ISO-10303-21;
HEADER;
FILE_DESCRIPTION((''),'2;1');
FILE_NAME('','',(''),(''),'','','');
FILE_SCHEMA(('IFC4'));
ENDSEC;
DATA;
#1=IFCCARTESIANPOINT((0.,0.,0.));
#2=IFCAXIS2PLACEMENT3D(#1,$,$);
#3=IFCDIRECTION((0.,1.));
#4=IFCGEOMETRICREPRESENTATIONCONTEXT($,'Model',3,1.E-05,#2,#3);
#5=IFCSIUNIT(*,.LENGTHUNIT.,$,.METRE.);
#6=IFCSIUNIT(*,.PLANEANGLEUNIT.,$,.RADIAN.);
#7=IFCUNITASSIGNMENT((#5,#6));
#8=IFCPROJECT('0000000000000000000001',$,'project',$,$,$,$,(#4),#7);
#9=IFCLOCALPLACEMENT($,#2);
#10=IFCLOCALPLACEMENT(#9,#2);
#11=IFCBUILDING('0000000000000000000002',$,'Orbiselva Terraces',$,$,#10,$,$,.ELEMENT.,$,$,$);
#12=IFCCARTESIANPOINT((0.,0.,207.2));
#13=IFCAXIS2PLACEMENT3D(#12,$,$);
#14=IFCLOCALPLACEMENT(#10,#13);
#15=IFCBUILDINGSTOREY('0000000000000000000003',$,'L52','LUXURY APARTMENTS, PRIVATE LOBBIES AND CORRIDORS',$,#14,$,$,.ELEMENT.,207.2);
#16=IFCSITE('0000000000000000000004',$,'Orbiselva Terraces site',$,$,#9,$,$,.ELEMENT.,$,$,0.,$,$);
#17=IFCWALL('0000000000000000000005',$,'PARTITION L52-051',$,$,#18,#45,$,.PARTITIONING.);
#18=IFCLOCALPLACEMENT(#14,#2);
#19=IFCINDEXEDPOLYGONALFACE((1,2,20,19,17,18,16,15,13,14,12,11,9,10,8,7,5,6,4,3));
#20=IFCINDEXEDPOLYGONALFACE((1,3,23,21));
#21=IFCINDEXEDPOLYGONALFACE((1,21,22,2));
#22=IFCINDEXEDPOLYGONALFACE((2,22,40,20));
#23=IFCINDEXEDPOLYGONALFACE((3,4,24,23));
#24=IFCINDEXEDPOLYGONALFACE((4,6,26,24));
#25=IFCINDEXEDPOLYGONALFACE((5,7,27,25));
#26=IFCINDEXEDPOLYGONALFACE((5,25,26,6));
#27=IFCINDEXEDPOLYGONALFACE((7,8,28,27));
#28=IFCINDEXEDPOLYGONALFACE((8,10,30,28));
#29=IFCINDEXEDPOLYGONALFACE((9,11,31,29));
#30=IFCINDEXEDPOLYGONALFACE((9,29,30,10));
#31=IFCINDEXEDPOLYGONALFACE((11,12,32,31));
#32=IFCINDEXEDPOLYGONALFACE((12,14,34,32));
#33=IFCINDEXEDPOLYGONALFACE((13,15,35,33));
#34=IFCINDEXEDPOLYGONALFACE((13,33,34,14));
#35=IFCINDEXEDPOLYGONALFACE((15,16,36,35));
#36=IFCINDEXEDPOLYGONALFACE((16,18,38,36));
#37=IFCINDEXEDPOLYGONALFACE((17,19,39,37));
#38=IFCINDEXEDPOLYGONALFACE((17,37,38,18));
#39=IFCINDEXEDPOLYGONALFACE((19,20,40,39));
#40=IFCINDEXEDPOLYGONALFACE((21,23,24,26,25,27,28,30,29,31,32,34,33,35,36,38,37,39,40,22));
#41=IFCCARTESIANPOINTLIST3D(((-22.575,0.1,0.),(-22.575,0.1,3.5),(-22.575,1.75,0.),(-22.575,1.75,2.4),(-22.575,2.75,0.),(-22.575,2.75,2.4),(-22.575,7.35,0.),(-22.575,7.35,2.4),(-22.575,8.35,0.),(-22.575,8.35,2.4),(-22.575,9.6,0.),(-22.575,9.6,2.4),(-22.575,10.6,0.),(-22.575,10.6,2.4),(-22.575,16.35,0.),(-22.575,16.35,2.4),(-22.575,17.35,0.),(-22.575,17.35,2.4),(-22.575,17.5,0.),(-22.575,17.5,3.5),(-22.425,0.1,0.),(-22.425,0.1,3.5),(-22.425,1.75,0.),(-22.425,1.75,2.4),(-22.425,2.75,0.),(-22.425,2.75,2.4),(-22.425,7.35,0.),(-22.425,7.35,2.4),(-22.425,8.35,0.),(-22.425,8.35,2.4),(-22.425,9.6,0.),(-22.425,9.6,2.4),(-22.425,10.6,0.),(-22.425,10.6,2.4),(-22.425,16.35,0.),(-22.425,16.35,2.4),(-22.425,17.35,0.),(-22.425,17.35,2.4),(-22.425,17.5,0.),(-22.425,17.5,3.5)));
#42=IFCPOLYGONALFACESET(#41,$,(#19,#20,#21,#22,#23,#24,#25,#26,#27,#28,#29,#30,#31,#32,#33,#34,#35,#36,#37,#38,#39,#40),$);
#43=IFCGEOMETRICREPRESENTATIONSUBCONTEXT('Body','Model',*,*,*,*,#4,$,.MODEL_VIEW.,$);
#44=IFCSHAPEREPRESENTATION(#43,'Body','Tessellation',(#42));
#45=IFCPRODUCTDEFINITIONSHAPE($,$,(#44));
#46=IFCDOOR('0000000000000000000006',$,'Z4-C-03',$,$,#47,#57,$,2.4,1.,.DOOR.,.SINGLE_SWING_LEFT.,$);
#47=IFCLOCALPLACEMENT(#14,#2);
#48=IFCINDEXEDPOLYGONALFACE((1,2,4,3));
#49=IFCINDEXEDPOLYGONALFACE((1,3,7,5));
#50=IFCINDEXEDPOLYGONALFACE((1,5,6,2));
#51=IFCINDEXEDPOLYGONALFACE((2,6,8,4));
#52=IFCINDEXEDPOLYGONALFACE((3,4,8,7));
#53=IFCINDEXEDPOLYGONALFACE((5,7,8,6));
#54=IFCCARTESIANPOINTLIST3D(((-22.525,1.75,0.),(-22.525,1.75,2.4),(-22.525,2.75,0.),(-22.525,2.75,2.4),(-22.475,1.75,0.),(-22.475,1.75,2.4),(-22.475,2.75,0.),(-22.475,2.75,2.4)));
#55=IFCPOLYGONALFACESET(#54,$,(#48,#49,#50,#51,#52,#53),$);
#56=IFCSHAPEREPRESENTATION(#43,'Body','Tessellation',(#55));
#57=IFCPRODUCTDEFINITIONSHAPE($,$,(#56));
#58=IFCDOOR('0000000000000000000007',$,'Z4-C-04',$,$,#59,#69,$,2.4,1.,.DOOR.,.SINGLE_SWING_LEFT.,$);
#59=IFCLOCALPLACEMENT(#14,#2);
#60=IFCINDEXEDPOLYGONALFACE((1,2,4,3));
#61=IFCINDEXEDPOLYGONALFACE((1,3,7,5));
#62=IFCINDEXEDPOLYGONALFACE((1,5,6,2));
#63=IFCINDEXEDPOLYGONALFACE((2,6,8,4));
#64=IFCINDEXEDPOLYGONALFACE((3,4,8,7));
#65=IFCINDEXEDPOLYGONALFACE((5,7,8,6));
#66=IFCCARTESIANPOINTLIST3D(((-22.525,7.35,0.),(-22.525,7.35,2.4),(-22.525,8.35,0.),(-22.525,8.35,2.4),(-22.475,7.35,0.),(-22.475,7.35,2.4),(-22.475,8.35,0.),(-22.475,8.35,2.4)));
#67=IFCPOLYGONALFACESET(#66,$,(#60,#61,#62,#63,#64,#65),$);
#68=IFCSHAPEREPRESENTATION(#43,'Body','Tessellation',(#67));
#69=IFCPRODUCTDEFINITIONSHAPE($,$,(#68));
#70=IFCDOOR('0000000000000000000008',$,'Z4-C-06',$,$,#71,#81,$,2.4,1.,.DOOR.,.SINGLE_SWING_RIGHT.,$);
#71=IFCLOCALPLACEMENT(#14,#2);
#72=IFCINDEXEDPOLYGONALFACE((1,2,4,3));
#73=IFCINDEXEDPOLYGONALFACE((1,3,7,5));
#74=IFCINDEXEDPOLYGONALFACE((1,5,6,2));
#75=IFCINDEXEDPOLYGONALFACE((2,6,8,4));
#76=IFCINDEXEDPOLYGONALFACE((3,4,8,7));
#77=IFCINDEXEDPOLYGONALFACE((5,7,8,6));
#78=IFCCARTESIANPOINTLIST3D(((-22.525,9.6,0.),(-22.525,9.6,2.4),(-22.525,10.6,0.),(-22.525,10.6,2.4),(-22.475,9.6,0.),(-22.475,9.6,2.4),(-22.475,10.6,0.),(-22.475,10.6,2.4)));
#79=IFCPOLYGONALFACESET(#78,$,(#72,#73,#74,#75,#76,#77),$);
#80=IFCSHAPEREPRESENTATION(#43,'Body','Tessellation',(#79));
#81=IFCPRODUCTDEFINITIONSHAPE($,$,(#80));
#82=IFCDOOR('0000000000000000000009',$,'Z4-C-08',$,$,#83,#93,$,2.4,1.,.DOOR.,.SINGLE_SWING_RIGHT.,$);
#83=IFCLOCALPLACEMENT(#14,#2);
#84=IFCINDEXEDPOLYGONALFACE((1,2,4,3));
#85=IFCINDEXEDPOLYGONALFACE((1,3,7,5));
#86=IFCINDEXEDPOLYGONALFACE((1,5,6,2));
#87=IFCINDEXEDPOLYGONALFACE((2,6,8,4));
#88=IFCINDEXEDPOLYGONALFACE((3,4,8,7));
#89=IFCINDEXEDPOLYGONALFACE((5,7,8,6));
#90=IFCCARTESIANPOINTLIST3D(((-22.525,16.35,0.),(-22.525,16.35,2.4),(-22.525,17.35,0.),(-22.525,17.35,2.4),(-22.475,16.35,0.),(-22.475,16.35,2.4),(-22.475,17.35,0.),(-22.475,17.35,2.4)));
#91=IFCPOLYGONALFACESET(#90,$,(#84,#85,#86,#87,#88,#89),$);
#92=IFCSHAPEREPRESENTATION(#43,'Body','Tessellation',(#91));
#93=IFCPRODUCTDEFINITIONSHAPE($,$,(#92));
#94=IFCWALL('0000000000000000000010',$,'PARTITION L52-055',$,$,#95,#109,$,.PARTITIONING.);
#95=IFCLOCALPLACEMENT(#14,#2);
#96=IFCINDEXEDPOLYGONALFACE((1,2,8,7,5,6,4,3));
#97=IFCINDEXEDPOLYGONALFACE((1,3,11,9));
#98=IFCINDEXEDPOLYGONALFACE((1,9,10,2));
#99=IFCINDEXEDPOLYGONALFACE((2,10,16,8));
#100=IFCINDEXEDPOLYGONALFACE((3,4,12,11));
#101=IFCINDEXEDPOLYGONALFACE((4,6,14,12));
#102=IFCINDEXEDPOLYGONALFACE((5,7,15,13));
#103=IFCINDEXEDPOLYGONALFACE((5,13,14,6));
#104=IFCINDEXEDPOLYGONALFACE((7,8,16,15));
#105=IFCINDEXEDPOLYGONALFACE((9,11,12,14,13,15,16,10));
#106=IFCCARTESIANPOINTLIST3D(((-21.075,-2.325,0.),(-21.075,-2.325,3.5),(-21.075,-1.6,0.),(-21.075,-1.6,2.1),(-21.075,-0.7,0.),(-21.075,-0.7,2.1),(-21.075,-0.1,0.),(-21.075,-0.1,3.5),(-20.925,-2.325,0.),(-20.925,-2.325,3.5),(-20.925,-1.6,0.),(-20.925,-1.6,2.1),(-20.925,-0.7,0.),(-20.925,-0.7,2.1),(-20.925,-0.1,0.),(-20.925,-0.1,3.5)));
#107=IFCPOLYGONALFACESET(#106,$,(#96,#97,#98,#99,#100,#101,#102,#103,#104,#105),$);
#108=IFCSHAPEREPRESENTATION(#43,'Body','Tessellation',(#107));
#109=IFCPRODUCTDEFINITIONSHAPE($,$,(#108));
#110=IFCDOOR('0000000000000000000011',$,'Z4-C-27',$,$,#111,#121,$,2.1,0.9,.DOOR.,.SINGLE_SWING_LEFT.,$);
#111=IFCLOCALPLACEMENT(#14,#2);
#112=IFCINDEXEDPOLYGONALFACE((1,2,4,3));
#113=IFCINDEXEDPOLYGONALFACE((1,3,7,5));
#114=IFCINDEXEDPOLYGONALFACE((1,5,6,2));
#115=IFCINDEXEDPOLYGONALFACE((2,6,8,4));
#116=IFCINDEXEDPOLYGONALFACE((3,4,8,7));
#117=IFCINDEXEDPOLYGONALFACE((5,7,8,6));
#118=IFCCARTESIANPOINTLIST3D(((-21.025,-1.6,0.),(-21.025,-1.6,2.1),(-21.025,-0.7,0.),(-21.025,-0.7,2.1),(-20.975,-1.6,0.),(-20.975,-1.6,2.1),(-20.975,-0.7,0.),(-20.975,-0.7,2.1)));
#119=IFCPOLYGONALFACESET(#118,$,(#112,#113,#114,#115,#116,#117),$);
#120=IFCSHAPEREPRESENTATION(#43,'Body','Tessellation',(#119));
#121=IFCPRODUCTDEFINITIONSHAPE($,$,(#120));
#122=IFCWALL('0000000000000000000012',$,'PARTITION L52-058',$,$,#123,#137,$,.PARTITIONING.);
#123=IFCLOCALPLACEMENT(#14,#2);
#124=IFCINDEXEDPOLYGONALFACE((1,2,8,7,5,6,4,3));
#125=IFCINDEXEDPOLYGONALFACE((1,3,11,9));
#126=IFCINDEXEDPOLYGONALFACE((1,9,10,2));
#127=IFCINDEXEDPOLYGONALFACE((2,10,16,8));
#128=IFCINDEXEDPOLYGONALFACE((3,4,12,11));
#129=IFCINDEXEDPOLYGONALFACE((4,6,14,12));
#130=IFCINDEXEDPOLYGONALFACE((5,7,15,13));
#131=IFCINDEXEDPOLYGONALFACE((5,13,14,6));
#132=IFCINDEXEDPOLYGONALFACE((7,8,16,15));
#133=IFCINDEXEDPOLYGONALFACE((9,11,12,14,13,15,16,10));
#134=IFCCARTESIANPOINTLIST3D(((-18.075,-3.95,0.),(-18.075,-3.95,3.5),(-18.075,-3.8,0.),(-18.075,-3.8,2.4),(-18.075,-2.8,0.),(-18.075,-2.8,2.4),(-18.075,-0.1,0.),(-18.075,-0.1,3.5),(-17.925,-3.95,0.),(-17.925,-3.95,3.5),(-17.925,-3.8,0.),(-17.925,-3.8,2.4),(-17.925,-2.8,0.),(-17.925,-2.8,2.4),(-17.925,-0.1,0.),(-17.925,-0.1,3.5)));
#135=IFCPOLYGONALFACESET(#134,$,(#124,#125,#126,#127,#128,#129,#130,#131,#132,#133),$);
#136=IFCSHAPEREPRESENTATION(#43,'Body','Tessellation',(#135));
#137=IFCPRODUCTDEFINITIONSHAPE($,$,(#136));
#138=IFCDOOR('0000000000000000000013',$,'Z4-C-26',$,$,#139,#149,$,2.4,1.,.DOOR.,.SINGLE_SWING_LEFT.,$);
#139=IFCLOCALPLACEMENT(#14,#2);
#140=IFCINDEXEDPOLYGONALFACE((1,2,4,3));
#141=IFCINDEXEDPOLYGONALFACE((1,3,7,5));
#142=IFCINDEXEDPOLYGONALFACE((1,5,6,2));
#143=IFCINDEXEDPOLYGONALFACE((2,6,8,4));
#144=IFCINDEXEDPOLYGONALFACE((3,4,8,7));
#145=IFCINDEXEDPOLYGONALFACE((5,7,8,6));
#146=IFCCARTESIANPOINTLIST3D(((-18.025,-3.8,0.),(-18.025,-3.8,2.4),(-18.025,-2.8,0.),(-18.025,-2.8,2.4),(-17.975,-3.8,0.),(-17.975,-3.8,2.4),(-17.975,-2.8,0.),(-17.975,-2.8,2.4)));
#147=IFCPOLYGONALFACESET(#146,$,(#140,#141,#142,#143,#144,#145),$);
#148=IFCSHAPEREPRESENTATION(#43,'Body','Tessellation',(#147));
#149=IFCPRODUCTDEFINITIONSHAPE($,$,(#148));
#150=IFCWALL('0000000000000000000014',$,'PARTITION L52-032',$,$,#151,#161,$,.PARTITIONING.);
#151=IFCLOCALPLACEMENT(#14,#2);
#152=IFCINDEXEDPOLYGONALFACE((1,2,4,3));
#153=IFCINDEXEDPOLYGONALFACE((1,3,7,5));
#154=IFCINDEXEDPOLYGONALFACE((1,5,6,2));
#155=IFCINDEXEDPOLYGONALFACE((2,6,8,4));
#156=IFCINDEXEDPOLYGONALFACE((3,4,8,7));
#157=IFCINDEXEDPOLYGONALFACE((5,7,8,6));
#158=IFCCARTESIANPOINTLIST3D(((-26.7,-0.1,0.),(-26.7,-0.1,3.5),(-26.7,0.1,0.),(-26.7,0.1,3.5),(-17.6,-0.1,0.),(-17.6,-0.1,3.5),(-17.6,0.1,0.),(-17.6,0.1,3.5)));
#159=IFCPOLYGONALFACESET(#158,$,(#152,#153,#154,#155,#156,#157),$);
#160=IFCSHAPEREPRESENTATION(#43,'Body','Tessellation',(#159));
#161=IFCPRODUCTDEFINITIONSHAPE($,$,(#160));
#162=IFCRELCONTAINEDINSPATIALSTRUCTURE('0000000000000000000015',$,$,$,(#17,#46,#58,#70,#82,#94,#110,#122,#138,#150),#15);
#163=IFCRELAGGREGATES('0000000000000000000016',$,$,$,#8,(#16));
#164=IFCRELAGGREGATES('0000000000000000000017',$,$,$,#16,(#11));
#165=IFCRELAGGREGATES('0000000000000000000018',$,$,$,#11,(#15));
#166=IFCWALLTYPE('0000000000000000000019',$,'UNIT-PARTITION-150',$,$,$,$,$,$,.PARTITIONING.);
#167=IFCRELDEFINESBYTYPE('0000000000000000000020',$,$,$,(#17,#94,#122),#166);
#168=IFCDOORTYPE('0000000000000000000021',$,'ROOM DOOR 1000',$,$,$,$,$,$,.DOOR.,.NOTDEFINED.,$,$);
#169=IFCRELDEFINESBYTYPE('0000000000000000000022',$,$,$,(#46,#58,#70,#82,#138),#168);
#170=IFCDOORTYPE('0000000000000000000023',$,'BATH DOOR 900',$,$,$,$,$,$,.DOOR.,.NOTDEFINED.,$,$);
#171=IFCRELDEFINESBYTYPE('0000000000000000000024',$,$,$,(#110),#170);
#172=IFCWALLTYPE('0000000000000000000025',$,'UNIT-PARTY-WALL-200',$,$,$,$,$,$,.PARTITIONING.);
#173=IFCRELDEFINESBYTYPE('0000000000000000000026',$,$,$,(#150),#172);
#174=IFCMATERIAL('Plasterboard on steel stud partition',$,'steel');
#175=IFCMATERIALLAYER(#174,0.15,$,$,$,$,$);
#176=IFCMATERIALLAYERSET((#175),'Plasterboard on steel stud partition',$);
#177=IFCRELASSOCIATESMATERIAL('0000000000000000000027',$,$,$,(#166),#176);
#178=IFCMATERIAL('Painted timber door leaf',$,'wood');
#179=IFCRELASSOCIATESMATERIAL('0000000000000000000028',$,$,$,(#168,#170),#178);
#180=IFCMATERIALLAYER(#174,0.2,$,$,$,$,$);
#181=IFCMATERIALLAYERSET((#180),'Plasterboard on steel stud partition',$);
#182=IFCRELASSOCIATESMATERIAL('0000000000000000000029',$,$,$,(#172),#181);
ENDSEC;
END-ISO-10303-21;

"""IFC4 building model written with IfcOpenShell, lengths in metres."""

from ifc_helpers import new_model, si_unit, direction, frame, frame_2d, origin, place, context, subcontext, project, spatial, rectangle, extrude, material, layer, layer_set, type_object, element, fill, save


model = new_model("IFC4")

# Units and contexts
model_context = context("Model", 3, precision=1e-05, world=origin(), true_north=direction((0.0, 1.0)))
body_context = subcontext(model_context, "Body", "Model", "MODEL_VIEW")
ifc_project = project(units=[si_unit("LENGTHUNIT", "METRE"), si_unit("PLANEANGLEUNIT", "RADIAN")], contexts=[model_context])

# Site, building, storey
site_placement = place(None, origin())
site = spatial("IfcSite", under=ifc_project, at=site_placement, Name="Orbiselva Terraces site", CompositionType="ELEMENT", RefElevation=0.0)
building_placement = place(site_placement, origin())
building = spatial("IfcBuilding", under=site, at=building_placement, Name="Orbiselva Terraces", CompositionType="ELEMENT")
storey_placement = place(building_placement, frame((0.0, 0.0, 207.2)))
storey = spatial("IfcBuildingStorey", under=building, at=storey_placement, Name="L52", Description="LUXURY APARTMENTS, PRIVATE LOBBIES AND CORRIDORS", CompositionType="ELEMENT", Elevation=207.2)

# Shared definitions
ifc_material_1 = material(Name="Plasterboard on steel stud partition", Category="steel")
ifc_layer_1 = layer(ifc_material_1, 0.15)
ifc_layer_set_1 = layer_set([ifc_layer_1], Name="Plasterboard on steel stud partition")
wall_type_1 = type_object("IfcWallType", Name="UNIT-PARTITION-150", PredefinedType="PARTITIONING", material=ifc_layer_set_1)

# Wall, openings, doors
wall_1_placement = place(storey_placement, frame((-22.5, 0.1, 0.0), z_axis=(0.0, 0.0, 1.0), x_axis=(0.0, 1.0, 0.0)))
wall_1 = element("IfcWall", 1, at=wall_1_placement, inside=storey, type_object=wall_type_1, Name="PARTITION L52-051", PredefinedType="PARTITIONING", context=body_context, shape_type="SweptSolid", body=[
    extrude(rectangle(XDim=17.4, YDim=0.15, at=frame_2d((8.7, 0.0))), origin(), (0.0, 0.0, 1.0), 3.5),
])
opening_1_placement = place(wall_1_placement, frame((1.65, 0.0, 0.0)))
opening_1 = element("IfcOpeningElement", 2, at=opening_1_placement, cuts=wall_1, PredefinedType="OPENING", context=body_context, shape_type="SweptSolid", body=[
    extrude(rectangle(XDim=1.0, YDim=2.4, at=frame_2d((0.5, 1.2))), frame((0.0, 0.085, 0.0), z_axis=(0.0, -1.0, 0.0), x_axis=(1.0, 0.0, 0.0)), (0.0, 0.0, 1.0), 0.17),
])
opening_2_placement = place(wall_1_placement, frame((7.25, 0.0, 0.0)))
opening_2 = element("IfcOpeningElement", 3, at=opening_2_placement, cuts=wall_1, PredefinedType="OPENING", context=body_context, shape_type="SweptSolid", body=[
    extrude(rectangle(XDim=1.0, YDim=2.4, at=frame_2d((0.5, 1.2))), frame((0.0, 0.085, 0.0), z_axis=(0.0, -1.0, 0.0), x_axis=(1.0, 0.0, 0.0)), (0.0, 0.0, 1.0), 0.17),
])
opening_3_placement = place(wall_1_placement, frame((9.5, 0.0, 0.0)))
opening_3 = element("IfcOpeningElement", 4, at=opening_3_placement, cuts=wall_1, PredefinedType="OPENING", context=body_context, shape_type="SweptSolid", body=[
    extrude(rectangle(XDim=1.0, YDim=2.4, at=frame_2d((0.5, 1.2))), frame((0.0, 0.085, 0.0), z_axis=(0.0, -1.0, 0.0), x_axis=(1.0, 0.0, 0.0)), (0.0, 0.0, 1.0), 0.17),
])
opening_4_placement = place(wall_1_placement, frame((16.25, 0.0, 0.0)))
opening_4 = element("IfcOpeningElement", 5, at=opening_4_placement, cuts=wall_1, PredefinedType="OPENING", context=body_context, shape_type="SweptSolid", body=[
    extrude(rectangle(XDim=1.0, YDim=2.4, at=frame_2d((0.5, 1.2))), frame((0.0, 0.085, 0.0), z_axis=(0.0, -1.0, 0.0), x_axis=(1.0, 0.0, 0.0)), (0.0, 0.0, 1.0), 0.17),
])
ifc_material_2 = material(Name="Painted timber door leaf", Category="wood")
door_type_1 = type_object("IfcDoorType", Name="ROOM DOOR 1000", OperationType="NOTDEFINED", PredefinedType="DOOR", material=ifc_material_2)
door_1_placement = place(opening_1_placement, origin())
door_1 = element("IfcDoor", 6, at=door_1_placement, inside=storey, type_object=door_type_1, Name="Z4-C-03", OperationType="SINGLE_SWING_LEFT", OverallHeight=2.4, OverallWidth=1.0, PredefinedType="DOOR", context=body_context, shape_type="SweptSolid", body=[
    extrude(rectangle(XDim=1.0, YDim=2.4, at=frame_2d((0.5, 1.2))), frame((0.0, 0.025, 0.0), z_axis=(0.0, -1.0, 0.0), x_axis=(1.0, 0.0, 0.0)), (0.0, 0.0, 1.0), 0.05),
])
fill(opening_1, door_1)
door_2_placement = place(opening_2_placement, origin())
door_2 = element("IfcDoor", 7, at=door_2_placement, inside=storey, type_object=door_type_1, Name="Z4-C-04", OperationType="SINGLE_SWING_LEFT", OverallHeight=2.4, OverallWidth=1.0, PredefinedType="DOOR", context=body_context, shape_type="SweptSolid", body=[
    extrude(rectangle(XDim=1.0, YDim=2.4, at=frame_2d((0.5, 1.2))), frame((0.0, 0.025, 0.0), z_axis=(0.0, -1.0, 0.0), x_axis=(1.0, 0.0, 0.0)), (0.0, 0.0, 1.0), 0.05),
])
fill(opening_2, door_2)
door_3_placement = place(opening_3_placement, origin())
door_3 = element("IfcDoor", 8, at=door_3_placement, inside=storey, type_object=door_type_1, Name="Z4-C-06", OperationType="SINGLE_SWING_RIGHT", OverallHeight=2.4, OverallWidth=1.0, PredefinedType="DOOR", context=body_context, shape_type="SweptSolid", body=[
    extrude(rectangle(XDim=1.0, YDim=2.4, at=frame_2d((0.5, 1.2))), frame((0.0, 0.025, 0.0), z_axis=(0.0, -1.0, 0.0), x_axis=(1.0, 0.0, 0.0)), (0.0, 0.0, 1.0), 0.05),
])
fill(opening_3, door_3)
door_4_placement = place(opening_4_placement, origin())
door_4 = element("IfcDoor", 9, at=door_4_placement, inside=storey, type_object=door_type_1, Name="Z4-C-08", OperationType="SINGLE_SWING_RIGHT", OverallHeight=2.4, OverallWidth=1.0, PredefinedType="DOOR", context=body_context, shape_type="SweptSolid", body=[
    extrude(rectangle(XDim=1.0, YDim=2.4, at=frame_2d((0.5, 1.2))), frame((0.0, 0.025, 0.0), z_axis=(0.0, -1.0, 0.0), x_axis=(1.0, 0.0, 0.0)), (0.0, 0.0, 1.0), 0.05),
])
fill(opening_4, door_4)

# Walls, openings, doors
wall_2_placement = place(storey_placement, frame((-21.0, -0.1, 0.0), z_axis=(0.0, 0.0, 1.0), x_axis=(0.0, -1.0, 0.0)))
wall_2 = element("IfcWall", 10, at=wall_2_placement, inside=storey, type_object=wall_type_1, Name="PARTITION L52-055", PredefinedType="PARTITIONING", context=body_context, shape_type="SweptSolid", body=[
    extrude(rectangle(XDim=2.225, YDim=0.15, at=frame_2d((1.1125, 0.0))), origin(), (0.0, 0.0, 1.0), 3.5),
])
opening_5_placement = place(wall_2_placement, frame((0.6, 0.0, 0.0)))
opening_5 = element("IfcOpeningElement", 11, at=opening_5_placement, cuts=wall_2, PredefinedType="OPENING", context=body_context, shape_type="SweptSolid", body=[
    extrude(rectangle(XDim=0.9, YDim=2.1, at=frame_2d((0.45, 1.05))), frame((0.0, 0.085, 0.0), z_axis=(0.0, -1.0, 0.0), x_axis=(1.0, 0.0, 0.0)), (0.0, 0.0, 1.0), 0.17),
])
door_type_2 = type_object("IfcDoorType", Name="BATH DOOR 900", OperationType="NOTDEFINED", PredefinedType="DOOR", material=ifc_material_2)
door_5_placement = place(opening_5_placement, origin())
door_5 = element("IfcDoor", 12, at=door_5_placement, inside=storey, type_object=door_type_2, Name="Z4-C-27", OperationType="SINGLE_SWING_LEFT", OverallHeight=2.1, OverallWidth=0.9, PredefinedType="DOOR", context=body_context, shape_type="SweptSolid", body=[
    extrude(rectangle(XDim=0.9, YDim=2.1, at=frame_2d((0.45, 1.05))), frame((0.0, 0.025, 0.0), z_axis=(0.0, -1.0, 0.0), x_axis=(1.0, 0.0, 0.0)), (0.0, 0.0, 1.0), 0.05),
])
fill(opening_5, door_5)
wall_3_placement = place(storey_placement, frame((-18.0, -3.95, 0.0), z_axis=(0.0, 0.0, 1.0), x_axis=(0.0, 1.0, 0.0)))
wall_3 = element("IfcWall", 13, at=wall_3_placement, inside=storey, type_object=wall_type_1, Name="PARTITION L52-058", PredefinedType="PARTITIONING", context=body_context, shape_type="SweptSolid", body=[
    extrude(rectangle(XDim=3.85, YDim=0.15, at=frame_2d((1.925, 0.0))), origin(), (0.0, 0.0, 1.0), 3.5),
])
opening_6_placement = place(wall_3_placement, frame((0.15, 0.0, 0.0)))
opening_6 = element("IfcOpeningElement", 14, at=opening_6_placement, cuts=wall_3, PredefinedType="OPENING", context=body_context, shape_type="SweptSolid", body=[
    extrude(rectangle(XDim=1.0, YDim=2.4, at=frame_2d((0.5, 1.2))), frame((0.0, 0.085, 0.0), z_axis=(0.0, -1.0, 0.0), x_axis=(1.0, 0.0, 0.0)), (0.0, 0.0, 1.0), 0.17),
])
door_6_placement = place(opening_6_placement, origin())
door_6 = element("IfcDoor", 15, at=door_6_placement, inside=storey, type_object=door_type_1, Name="Z4-C-26", OperationType="SINGLE_SWING_LEFT", OverallHeight=2.4, OverallWidth=1.0, PredefinedType="DOOR", context=body_context, shape_type="SweptSolid", body=[
    extrude(rectangle(XDim=1.0, YDim=2.4, at=frame_2d((0.5, 1.2))), frame((0.0, 0.025, 0.0), z_axis=(0.0, -1.0, 0.0), x_axis=(1.0, 0.0, 0.0)), (0.0, 0.0, 1.0), 0.05),
])
fill(opening_6, door_6)

# Wall
ifc_layer_2 = layer(ifc_material_1, 0.2)
ifc_layer_set_2 = layer_set([ifc_layer_2], Name="Plasterboard on steel stud partition")
wall_type_2 = type_object("IfcWallType", Name="UNIT-PARTY-WALL-200", PredefinedType="PARTITIONING", material=ifc_layer_set_2)
wall_4_placement = place(storey_placement, frame((-26.7, 0.0, 0.0), z_axis=(0.0, 0.0, 1.0), x_axis=(1.0, 0.0, 0.0)))
element("IfcWall", 16, at=wall_4_placement, inside=storey, type_object=wall_type_2, Name="PARTITION L52-032", PredefinedType="PARTITIONING", context=body_context, shape_type="SweptSolid", body=[
    extrude(rectangle(XDim=9.1, YDim=0.2, at=frame_2d((4.55, 0.0))), origin(), (0.0, 0.0, 1.0), 3.5),
])

save(model, "model.ifc")
